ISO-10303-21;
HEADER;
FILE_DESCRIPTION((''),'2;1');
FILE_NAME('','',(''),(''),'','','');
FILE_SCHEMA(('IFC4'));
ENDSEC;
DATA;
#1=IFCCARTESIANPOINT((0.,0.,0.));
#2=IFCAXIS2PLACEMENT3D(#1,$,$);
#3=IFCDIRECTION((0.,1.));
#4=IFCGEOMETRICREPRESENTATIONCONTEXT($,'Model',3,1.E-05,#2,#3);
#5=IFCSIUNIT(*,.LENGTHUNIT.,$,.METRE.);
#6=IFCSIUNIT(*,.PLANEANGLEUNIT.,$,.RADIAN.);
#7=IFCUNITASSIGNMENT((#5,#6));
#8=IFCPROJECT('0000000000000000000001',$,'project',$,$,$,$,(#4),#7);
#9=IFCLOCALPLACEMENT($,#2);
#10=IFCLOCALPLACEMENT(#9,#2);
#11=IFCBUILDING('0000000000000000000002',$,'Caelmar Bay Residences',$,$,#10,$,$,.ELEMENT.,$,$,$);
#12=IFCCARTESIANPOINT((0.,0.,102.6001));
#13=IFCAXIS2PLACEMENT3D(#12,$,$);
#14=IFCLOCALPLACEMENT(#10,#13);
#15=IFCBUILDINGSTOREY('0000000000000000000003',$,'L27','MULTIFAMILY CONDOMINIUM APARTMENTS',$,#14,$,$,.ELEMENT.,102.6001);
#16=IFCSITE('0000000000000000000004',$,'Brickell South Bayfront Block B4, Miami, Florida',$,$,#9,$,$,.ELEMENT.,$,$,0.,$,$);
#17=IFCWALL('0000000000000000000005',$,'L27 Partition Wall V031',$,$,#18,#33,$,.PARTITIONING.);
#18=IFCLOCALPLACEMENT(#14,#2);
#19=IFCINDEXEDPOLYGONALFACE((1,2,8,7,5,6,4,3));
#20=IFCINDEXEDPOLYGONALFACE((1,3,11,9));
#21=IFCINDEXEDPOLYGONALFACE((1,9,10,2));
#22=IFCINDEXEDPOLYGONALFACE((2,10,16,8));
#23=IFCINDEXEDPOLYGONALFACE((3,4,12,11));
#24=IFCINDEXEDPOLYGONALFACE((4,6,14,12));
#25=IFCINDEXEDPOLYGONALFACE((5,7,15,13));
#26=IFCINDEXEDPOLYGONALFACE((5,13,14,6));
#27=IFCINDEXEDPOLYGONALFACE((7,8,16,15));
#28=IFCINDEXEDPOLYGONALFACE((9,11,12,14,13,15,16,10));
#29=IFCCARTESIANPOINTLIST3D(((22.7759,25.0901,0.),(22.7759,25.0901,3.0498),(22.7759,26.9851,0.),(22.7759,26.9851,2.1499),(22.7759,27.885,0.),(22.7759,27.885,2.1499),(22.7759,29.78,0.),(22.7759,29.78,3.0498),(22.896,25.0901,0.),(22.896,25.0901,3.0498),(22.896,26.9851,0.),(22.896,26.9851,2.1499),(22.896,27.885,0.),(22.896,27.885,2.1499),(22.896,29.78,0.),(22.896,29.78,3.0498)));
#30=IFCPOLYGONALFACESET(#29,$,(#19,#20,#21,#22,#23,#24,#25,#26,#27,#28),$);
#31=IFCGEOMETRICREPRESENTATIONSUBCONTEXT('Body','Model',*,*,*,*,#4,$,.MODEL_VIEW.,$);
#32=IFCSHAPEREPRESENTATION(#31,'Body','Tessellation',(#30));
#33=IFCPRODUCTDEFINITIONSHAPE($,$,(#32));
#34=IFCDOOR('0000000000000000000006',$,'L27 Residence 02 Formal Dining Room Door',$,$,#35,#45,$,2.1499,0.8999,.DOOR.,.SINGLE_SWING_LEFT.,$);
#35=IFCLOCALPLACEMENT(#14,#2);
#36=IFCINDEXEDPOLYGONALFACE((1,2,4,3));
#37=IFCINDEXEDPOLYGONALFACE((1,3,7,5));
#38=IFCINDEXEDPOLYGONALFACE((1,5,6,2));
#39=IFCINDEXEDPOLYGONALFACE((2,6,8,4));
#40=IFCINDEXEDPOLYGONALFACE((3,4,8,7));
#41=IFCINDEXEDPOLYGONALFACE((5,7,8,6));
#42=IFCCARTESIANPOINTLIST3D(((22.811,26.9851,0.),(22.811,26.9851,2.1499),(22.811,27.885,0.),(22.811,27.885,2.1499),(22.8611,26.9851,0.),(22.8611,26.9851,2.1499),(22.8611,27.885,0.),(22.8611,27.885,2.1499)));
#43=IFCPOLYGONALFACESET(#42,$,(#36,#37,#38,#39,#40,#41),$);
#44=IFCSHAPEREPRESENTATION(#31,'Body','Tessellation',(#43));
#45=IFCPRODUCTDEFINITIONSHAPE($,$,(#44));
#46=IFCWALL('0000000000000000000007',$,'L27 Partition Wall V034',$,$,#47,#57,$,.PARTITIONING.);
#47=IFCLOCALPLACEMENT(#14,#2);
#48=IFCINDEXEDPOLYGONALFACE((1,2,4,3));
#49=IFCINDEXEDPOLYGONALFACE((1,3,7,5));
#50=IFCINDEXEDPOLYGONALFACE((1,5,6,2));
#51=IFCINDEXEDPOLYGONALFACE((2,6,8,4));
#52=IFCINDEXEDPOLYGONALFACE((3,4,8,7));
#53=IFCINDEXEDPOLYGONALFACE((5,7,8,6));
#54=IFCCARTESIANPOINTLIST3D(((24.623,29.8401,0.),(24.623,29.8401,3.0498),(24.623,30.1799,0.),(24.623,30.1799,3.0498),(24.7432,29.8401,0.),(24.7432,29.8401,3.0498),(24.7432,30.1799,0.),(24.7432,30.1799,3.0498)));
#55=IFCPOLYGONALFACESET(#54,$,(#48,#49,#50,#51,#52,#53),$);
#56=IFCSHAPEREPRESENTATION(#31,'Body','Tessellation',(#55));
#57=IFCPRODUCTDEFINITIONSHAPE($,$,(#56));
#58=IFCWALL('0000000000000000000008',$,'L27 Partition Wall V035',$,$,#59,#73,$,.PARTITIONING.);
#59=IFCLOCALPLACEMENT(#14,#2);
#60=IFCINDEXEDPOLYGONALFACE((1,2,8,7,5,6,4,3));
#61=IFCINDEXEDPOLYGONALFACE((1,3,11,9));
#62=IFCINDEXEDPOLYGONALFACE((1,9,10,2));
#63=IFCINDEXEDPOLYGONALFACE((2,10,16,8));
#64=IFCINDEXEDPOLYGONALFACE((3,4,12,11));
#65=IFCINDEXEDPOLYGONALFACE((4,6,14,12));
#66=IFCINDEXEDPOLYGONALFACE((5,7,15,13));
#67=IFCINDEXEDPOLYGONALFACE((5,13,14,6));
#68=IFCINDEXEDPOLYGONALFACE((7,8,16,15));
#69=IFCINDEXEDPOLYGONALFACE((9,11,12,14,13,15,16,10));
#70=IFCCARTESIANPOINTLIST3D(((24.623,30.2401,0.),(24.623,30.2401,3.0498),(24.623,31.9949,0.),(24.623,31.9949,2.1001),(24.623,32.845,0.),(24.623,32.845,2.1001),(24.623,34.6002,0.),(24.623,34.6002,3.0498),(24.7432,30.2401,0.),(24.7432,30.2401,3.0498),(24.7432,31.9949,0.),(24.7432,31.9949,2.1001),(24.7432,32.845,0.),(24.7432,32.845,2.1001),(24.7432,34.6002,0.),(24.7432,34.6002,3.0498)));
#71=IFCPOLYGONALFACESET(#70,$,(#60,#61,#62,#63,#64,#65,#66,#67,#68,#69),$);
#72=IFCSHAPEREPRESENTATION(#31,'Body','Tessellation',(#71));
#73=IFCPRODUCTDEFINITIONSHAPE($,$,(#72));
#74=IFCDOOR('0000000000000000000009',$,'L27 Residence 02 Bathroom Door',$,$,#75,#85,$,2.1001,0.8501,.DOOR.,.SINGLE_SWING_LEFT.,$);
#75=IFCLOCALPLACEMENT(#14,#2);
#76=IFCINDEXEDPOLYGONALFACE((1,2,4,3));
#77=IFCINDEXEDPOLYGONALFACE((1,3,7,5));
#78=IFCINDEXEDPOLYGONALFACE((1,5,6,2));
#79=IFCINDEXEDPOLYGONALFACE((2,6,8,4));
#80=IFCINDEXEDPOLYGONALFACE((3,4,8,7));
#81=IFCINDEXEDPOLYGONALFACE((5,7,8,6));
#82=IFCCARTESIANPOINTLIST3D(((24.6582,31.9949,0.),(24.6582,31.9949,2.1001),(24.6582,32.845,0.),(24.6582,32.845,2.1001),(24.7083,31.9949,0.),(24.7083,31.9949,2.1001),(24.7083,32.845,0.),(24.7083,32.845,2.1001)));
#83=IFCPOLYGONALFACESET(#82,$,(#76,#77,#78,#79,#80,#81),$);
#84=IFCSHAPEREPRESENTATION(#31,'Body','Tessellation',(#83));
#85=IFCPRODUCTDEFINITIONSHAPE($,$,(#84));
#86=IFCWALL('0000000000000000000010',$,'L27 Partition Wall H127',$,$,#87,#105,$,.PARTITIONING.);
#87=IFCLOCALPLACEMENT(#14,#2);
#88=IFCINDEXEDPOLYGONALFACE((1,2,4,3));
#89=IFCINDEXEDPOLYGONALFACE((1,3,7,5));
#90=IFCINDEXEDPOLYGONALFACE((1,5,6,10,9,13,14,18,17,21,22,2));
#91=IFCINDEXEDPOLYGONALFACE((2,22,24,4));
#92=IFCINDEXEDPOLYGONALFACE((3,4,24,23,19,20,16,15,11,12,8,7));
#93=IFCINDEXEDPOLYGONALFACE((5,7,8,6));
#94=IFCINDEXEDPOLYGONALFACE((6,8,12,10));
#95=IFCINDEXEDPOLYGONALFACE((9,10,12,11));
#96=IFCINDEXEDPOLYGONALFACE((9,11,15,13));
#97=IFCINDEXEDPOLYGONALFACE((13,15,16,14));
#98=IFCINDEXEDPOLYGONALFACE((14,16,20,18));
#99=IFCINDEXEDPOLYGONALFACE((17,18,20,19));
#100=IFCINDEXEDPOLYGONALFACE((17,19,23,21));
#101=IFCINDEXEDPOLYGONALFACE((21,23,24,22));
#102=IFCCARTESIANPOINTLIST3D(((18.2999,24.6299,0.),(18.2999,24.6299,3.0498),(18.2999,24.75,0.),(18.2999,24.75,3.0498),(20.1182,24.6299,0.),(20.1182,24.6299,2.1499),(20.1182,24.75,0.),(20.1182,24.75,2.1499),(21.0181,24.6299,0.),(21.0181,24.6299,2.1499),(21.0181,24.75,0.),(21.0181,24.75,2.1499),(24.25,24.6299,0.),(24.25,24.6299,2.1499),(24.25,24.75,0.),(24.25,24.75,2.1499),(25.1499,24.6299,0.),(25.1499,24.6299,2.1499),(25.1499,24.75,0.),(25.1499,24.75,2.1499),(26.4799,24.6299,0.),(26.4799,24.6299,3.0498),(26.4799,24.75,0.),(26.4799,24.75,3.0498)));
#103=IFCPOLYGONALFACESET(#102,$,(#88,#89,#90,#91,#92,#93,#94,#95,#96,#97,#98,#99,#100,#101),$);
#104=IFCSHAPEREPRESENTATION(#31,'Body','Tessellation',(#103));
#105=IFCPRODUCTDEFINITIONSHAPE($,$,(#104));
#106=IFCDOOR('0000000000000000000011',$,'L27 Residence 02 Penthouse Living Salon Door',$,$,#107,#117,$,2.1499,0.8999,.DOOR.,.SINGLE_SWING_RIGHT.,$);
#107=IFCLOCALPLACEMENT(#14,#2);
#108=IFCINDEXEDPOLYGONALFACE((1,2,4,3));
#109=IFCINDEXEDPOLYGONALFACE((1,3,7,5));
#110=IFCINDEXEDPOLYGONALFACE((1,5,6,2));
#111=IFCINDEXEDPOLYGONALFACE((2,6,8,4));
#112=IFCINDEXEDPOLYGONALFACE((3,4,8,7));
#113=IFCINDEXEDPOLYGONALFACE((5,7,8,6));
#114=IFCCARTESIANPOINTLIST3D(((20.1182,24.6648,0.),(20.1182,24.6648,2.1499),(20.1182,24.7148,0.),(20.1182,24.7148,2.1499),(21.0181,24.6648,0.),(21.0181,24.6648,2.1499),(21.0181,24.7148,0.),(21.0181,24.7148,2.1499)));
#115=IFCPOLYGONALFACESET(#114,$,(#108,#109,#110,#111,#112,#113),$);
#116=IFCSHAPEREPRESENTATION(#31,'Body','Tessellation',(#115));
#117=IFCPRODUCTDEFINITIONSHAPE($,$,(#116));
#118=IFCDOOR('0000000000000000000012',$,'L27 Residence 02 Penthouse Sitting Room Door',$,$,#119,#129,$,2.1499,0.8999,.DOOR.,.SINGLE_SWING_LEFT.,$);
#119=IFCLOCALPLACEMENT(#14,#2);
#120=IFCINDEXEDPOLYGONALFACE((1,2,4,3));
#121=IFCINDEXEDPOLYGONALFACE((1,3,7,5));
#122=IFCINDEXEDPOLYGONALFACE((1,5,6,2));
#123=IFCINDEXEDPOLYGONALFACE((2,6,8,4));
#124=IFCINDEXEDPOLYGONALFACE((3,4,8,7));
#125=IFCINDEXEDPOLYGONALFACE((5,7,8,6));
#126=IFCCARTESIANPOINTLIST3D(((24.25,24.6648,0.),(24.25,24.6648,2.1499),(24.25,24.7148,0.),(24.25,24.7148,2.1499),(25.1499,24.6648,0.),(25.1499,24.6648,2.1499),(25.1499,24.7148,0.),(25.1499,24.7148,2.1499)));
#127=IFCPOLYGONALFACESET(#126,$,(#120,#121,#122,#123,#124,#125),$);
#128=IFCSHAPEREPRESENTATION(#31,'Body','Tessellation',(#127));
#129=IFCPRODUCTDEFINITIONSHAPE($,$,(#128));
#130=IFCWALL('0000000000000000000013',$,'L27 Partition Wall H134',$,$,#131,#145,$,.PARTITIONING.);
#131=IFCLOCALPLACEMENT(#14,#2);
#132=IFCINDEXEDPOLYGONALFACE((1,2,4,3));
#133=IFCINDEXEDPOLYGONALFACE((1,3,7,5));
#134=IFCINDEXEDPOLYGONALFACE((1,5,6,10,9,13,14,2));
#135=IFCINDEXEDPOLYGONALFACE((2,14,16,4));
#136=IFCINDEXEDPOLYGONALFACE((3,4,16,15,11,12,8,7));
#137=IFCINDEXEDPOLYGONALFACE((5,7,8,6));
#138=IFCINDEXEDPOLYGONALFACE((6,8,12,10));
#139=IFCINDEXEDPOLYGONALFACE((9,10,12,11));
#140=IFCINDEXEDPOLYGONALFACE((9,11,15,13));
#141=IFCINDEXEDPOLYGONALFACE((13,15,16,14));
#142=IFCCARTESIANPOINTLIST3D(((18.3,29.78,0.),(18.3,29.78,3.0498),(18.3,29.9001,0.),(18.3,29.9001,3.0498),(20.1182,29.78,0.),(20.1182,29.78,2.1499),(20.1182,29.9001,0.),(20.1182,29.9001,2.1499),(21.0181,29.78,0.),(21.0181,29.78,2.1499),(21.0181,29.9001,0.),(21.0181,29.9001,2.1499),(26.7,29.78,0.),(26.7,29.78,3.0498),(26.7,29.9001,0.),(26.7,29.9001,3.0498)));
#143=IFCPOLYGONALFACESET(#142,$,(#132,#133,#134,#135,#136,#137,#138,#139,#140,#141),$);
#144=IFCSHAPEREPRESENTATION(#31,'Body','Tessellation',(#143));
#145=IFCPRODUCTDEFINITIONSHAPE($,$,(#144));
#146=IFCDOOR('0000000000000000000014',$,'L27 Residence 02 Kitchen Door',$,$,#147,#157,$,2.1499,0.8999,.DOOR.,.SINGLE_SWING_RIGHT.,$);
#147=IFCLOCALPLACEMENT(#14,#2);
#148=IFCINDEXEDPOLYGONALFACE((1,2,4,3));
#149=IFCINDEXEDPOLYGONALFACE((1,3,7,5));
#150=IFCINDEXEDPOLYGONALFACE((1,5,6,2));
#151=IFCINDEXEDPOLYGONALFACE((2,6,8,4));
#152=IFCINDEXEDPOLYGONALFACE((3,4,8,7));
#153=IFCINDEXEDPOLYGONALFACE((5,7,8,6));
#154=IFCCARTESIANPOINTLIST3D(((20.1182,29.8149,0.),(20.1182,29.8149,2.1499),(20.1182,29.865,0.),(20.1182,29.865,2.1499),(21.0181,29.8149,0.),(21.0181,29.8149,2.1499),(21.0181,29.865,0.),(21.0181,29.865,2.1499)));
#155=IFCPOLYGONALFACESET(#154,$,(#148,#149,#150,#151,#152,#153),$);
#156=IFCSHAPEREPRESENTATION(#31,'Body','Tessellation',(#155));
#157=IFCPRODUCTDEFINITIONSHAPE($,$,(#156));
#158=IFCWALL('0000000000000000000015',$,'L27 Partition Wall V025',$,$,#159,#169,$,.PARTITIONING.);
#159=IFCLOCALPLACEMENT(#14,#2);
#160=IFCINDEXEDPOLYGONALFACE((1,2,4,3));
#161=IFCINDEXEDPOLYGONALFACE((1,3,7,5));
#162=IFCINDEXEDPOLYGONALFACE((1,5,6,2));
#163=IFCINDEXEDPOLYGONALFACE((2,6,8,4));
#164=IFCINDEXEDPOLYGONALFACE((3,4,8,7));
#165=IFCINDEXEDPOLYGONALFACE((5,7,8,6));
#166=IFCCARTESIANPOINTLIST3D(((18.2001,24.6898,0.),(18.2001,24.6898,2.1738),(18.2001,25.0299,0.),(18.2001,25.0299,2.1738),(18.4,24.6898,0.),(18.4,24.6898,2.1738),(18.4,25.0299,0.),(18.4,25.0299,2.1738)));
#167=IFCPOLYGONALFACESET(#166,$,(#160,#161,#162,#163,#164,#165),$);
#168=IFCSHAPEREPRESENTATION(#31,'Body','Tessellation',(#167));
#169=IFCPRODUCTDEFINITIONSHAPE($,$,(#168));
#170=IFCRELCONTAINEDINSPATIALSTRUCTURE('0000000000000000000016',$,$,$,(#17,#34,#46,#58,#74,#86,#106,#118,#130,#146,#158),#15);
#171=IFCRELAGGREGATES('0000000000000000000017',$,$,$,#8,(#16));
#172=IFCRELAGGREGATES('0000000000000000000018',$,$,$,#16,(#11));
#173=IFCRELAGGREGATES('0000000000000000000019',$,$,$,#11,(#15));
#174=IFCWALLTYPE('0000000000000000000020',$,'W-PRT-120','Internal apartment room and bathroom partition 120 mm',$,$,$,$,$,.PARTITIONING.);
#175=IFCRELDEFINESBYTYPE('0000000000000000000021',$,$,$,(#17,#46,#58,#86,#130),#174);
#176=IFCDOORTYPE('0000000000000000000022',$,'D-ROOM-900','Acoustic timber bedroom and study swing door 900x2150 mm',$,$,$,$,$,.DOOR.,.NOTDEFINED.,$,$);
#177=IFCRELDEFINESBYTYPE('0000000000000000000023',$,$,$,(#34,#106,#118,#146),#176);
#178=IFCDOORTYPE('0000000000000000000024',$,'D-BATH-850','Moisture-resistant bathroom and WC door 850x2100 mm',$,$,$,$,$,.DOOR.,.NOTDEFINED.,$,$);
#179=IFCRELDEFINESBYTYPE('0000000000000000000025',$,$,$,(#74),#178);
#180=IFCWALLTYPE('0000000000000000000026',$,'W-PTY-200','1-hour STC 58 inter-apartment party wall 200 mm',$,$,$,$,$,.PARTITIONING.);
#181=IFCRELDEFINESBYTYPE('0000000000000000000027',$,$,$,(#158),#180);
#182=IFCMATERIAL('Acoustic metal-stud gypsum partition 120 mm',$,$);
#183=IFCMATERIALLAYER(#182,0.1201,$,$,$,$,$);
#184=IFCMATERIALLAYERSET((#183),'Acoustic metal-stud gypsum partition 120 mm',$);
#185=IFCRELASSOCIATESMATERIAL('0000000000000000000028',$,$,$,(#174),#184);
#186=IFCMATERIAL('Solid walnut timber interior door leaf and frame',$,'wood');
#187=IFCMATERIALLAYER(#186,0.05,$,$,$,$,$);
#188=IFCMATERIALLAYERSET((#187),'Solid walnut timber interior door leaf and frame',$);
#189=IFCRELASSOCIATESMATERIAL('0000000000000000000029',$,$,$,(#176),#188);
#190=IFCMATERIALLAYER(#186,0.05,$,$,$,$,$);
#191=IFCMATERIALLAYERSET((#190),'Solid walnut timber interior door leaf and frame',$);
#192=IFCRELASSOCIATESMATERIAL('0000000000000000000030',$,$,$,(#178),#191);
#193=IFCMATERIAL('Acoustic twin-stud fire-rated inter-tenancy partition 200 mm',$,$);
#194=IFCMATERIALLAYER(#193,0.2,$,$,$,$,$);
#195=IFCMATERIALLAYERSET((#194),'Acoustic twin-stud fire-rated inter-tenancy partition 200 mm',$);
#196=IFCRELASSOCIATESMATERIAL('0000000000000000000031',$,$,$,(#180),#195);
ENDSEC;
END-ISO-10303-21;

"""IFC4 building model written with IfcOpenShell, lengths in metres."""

from ifc_helpers import new_model, si_unit, direction, frame, frame_2d, origin, place, context, subcontext, project, spatial, rectangle, extrude, material, layer, layer_set, type_object, element, fill, save


model = new_model("IFC4")

# Units and contexts
model_context = context("Model", 3, precision=1e-05, world=origin(), true_north=direction((0.0, 1.0)))
body_context = subcontext(model_context, "Body", "Model", "MODEL_VIEW")
ifc_project = project(units=[si_unit("LENGTHUNIT", "METRE"), si_unit("PLANEANGLEUNIT", "RADIAN")], contexts=[model_context])

# Site, building, storey
site_placement = place(None, origin())
site = spatial("IfcSite", under=ifc_project, at=site_placement, Name="Brickell South Bayfront Block B4, Miami, Florida", CompositionType="ELEMENT", RefElevation=0.0)
building_placement = place(site_placement, origin())
building = spatial("IfcBuilding", under=site, at=building_placement, Name="Caelmar Bay Residences", CompositionType="ELEMENT")
storey_placement = place(building_placement, frame((0.0, 0.0, 102.6001)))
storey = spatial("IfcBuildingStorey", under=building, at=storey_placement, Name="L27", Description="MULTIFAMILY CONDOMINIUM APARTMENTS", CompositionType="ELEMENT", Elevation=102.6001)

# Shared definitions
ifc_material_1 = material(Name="Acoustic metal-stud gypsum partition 120 mm")
ifc_layer_1 = layer(ifc_material_1, 0.1201)
ifc_layer_set_1 = layer_set([ifc_layer_1], Name="Acoustic metal-stud gypsum partition 120 mm")
wall_type_1 = type_object("IfcWallType", Name="W-PRT-120", Description="Internal apartment room and bathroom partition 120 mm", PredefinedType="PARTITIONING", material=ifc_layer_set_1)

# Wall, opening, door
wall_1_placement = place(storey_placement, frame((22.8359, 25.0901, 0.0), z_axis=(0.0, 0.0, 1.0), x_axis=(0.0, 1.0, 0.0)))
wall_1 = element("IfcWall", 1, at=wall_1_placement, inside=storey, type_object=wall_type_1, Name="L27 Partition Wall V031", PredefinedType="PARTITIONING", context=body_context, shape_type="SweptSolid", body=[
    extrude(rectangle(XDim=4.6899, YDim=0.1201, at=frame_2d((2.345, 0.0))), origin(), (0.0, 0.0, 1.0), 3.0498),
])
opening_1_placement = place(wall_1_placement, frame((1.895, 0.0, 0.0)))
opening_1 = element("IfcOpeningElement", 2, at=opening_1_placement, cuts=wall_1, PredefinedType="OPENING", context=body_context, shape_type="SweptSolid", body=[
    extrude(rectangle(XDim=0.8999, YDim=2.1499, at=frame_2d((0.45, 1.075))), frame((0.0, 0.0701, 0.0), z_axis=(0.0, -1.0, 0.0), x_axis=(1.0, 0.0, 0.0)), (0.0, 0.0, 1.0), 0.1401),
])
ifc_material_2 = material(Name="Solid walnut timber interior door leaf and frame", Category="wood")
ifc_layer_2 = layer(ifc_material_2, 0.05)
ifc_layer_set_2 = layer_set([ifc_layer_2], Name="Solid walnut timber interior door leaf and frame")
door_type_1 = type_object("IfcDoorType", Name="D-ROOM-900", Description="Acoustic timber bedroom and study swing door 900x2150 mm", OperationType="NOTDEFINED", PredefinedType="DOOR", material=ifc_layer_set_2)
door_1_placement = place(opening_1_placement, origin())
door_1 = element("IfcDoor", 3, at=door_1_placement, inside=storey, type_object=door_type_1, Name="L27 Residence 02 Formal Dining Room Door", OperationType="SINGLE_SWING_LEFT", OverallHeight=2.1499, OverallWidth=0.8999, PredefinedType="DOOR", context=body_context, shape_type="SweptSolid", body=[
    extrude(rectangle(XDim=0.8999, YDim=2.1499, at=frame_2d((0.45, 1.075))), frame((0.0, 0.0249, 0.0), z_axis=(0.0, -1.0, 0.0), x_axis=(1.0, 0.0, 0.0)), (0.0, 0.0, 1.0), 0.05),
])
fill(opening_1, door_1)

# Wall
wall_2_placement = place(storey_placement, frame((24.6831, 29.8401, 0.0), z_axis=(0.0, 0.0, 1.0), x_axis=(0.0, 1.0, 0.0)))
element("IfcWall", 4, at=wall_2_placement, inside=storey, type_object=wall_type_1, Name="L27 Partition Wall V034", PredefinedType="PARTITIONING", context=body_context, shape_type="SweptSolid", body=[
    extrude(rectangle(XDim=0.3398, YDim=0.1201, at=frame_2d((0.1699, 0.0))), origin(), (0.0, 0.0, 1.0), 3.0498),
])

# Wall, opening, door
wall_3_placement = place(storey_placement, frame((24.6831, 30.24, 0.0), z_axis=(0.0, 0.0, 1.0), x_axis=(0.0, 1.0, 0.0)))
wall_3 = element("IfcWall", 5, at=wall_3_placement, inside=storey, type_object=wall_type_1, Name="L27 Partition Wall V035", PredefinedType="PARTITIONING", context=body_context, shape_type="SweptSolid", body=[
    extrude(rectangle(XDim=4.3601, YDim=0.1201, at=frame_2d((2.1802, 0.0))), origin(), (0.0, 0.0, 1.0), 3.0498),
])
opening_2_placement = place(wall_3_placement, frame((1.7549, 0.0, 0.0)))
opening_2 = element("IfcOpeningElement", 6, at=opening_2_placement, cuts=wall_3, PredefinedType="OPENING", context=body_context, shape_type="SweptSolid", body=[
    extrude(rectangle(XDim=0.8501, YDim=2.1001, at=frame_2d((0.425, 1.05))), frame((0.0, 0.0701, 0.0), z_axis=(0.0, -1.0, 0.0), x_axis=(1.0, 0.0, 0.0)), (0.0, 0.0, 1.0), 0.1401),
])
ifc_layer_3 = layer(ifc_material_2, 0.05)
ifc_layer_set_3 = layer_set([ifc_layer_3], Name="Solid walnut timber interior door leaf and frame")
door_type_2 = type_object("IfcDoorType", Name="D-BATH-850", Description="Moisture-resistant bathroom and WC door 850x2100 mm", OperationType="NOTDEFINED", PredefinedType="DOOR", material=ifc_layer_set_3)
door_2_placement = place(opening_2_placement, origin())
door_2 = element("IfcDoor", 7, at=door_2_placement, inside=storey, type_object=door_type_2, Name="L27 Residence 02 Bathroom Door", OperationType="SINGLE_SWING_LEFT", OverallHeight=2.1001, OverallWidth=0.8501, PredefinedType="DOOR", context=body_context, shape_type="SweptSolid", body=[
    extrude(rectangle(XDim=0.8501, YDim=2.1001, at=frame_2d((0.425, 1.05))), frame((0.0, 0.0249, 0.0), z_axis=(0.0, -1.0, 0.0), x_axis=(1.0, 0.0, 0.0)), (0.0, 0.0, 1.0), 0.05),
])
fill(opening_2, door_2)

# Wall, openings, doors
wall_4_placement = place(storey_placement, frame((18.3, 24.6899, 0.0), z_axis=(0.0, 0.0, 1.0), x_axis=(1.0, 0.0, 0.0)))
wall_4 = element("IfcWall", 8, at=wall_4_placement, inside=storey, type_object=wall_type_1, Name="L27 Partition Wall H127", PredefinedType="PARTITIONING", context=body_context, shape_type="SweptSolid", body=[
    extrude(rectangle(XDim=8.1799, YDim=0.1201, at=frame_2d((4.0898, 0.0))), origin(), (0.0, 0.0, 1.0), 3.0498),
])
opening_3_placement = place(wall_4_placement, frame((1.8181, 0.0, 0.0)))
opening_3 = element("IfcOpeningElement", 9, at=opening_3_placement, cuts=wall_4, PredefinedType="OPENING", context=body_context, shape_type="SweptSolid", body=[
    extrude(rectangle(XDim=0.8999, YDim=2.1499, at=frame_2d((0.45, 1.075))), frame((0.0, 0.0701, 0.0), z_axis=(0.0, -1.0, 0.0), x_axis=(1.0, 0.0, 0.0)), (0.0, 0.0, 1.0), 0.1401),
])
opening_4_placement = place(wall_4_placement, frame((5.95, 0.0, 0.0)))
opening_4 = element("IfcOpeningElement", 10, at=opening_4_placement, cuts=wall_4, PredefinedType="OPENING", context=body_context, shape_type="SweptSolid", body=[
    extrude(rectangle(XDim=0.8999, YDim=2.1499, at=frame_2d((0.45, 1.075))), frame((0.0, 0.0701, 0.0), z_axis=(0.0, -1.0, 0.0), x_axis=(1.0, 0.0, 0.0)), (0.0, 0.0, 1.0), 0.1401),
])
door_3_placement = place(opening_3_placement, origin())
door_3 = element("IfcDoor", 11, at=door_3_placement, inside=storey, type_object=door_type_1, Name="L27 Residence 02 Penthouse Living Salon Door", OperationType="SINGLE_SWING_RIGHT", OverallHeight=2.1499, OverallWidth=0.8999, PredefinedType="DOOR", context=body_context, shape_type="SweptSolid", body=[
    extrude(rectangle(XDim=0.8999, YDim=2.1499, at=frame_2d((0.45, 1.075))), frame((0.0, 0.0249, 0.0), z_axis=(0.0, -1.0, 0.0), x_axis=(1.0, 0.0, 0.0)), (0.0, 0.0, 1.0), 0.05),
])
fill(opening_3, door_3)
door_4_placement = place(opening_4_placement, origin())
door_4 = element("IfcDoor", 12, at=door_4_placement, inside=storey, type_object=door_type_1, Name="L27 Residence 02 Penthouse Sitting Room Door", OperationType="SINGLE_SWING_LEFT", OverallHeight=2.1499, OverallWidth=0.8999, PredefinedType="DOOR", context=body_context, shape_type="SweptSolid", body=[
    extrude(rectangle(XDim=0.8999, YDim=2.1499, at=frame_2d((0.45, 1.075))), frame((0.0, 0.0249, 0.0), z_axis=(0.0, -1.0, 0.0), x_axis=(1.0, 0.0, 0.0)), (0.0, 0.0, 1.0), 0.05),
])
fill(opening_4, door_4)

# Wall, opening, door
wall_5_placement = place(storey_placement, frame((18.3, 29.8401, 0.0), z_axis=(0.0, 0.0, 1.0), x_axis=(1.0, 0.0, 0.0)))
wall_5 = element("IfcWall", 13, at=wall_5_placement, inside=storey, type_object=wall_type_1, Name="L27 Partition Wall H134", PredefinedType="PARTITIONING", context=body_context, shape_type="SweptSolid", body=[
    extrude(rectangle(XDim=8.3999, YDim=0.1201, at=frame_2d((4.2, 0.0))), origin(), (0.0, 0.0, 1.0), 3.0498),
])
opening_5_placement = place(wall_5_placement, frame((1.8181, 0.0, 0.0)))
opening_5 = element("IfcOpeningElement", 14, at=opening_5_placement, cuts=wall_5, PredefinedType="OPENING", context=body_context, shape_type="SweptSolid", body=[
    extrude(rectangle(XDim=0.8999, YDim=2.1499, at=frame_2d((0.45, 1.075))), frame((0.0, 0.0701, 0.0), z_axis=(0.0, -1.0, 0.0), x_axis=(1.0, 0.0, 0.0)), (0.0, 0.0, 1.0), 0.1401),
])
door_5_placement = place(opening_5_placement, origin())
door_5 = element("IfcDoor", 15, at=door_5_placement, inside=storey, type_object=door_type_1, Name="L27 Residence 02 Kitchen Door", OperationType="SINGLE_SWING_RIGHT", OverallHeight=2.1499, OverallWidth=0.8999, PredefinedType="DOOR", context=body_context, shape_type="SweptSolid", body=[
    extrude(rectangle(XDim=0.8999, YDim=2.1499, at=frame_2d((0.45, 1.075))), frame((0.0, 0.0249, 0.0), z_axis=(0.0, -1.0, 0.0), x_axis=(1.0, 0.0, 0.0)), (0.0, 0.0, 1.0), 0.05),
])
fill(opening_5, door_5)

# Wall
ifc_material_3 = material(Name="Acoustic twin-stud fire-rated inter-tenancy partition 200 mm")
ifc_layer_4 = layer(ifc_material_3, 0.2)
ifc_layer_set_4 = layer_set([ifc_layer_4], Name="Acoustic twin-stud fire-rated inter-tenancy partition 200 mm")
wall_type_2 = type_object("IfcWallType", Name="W-PTY-200", Description="1-hour STC 58 inter-apartment party wall 200 mm", PredefinedType="PARTITIONING", material=ifc_layer_set_4)
wall_6_placement = place(storey_placement, frame((18.3, 24.6899, 0.0), z_axis=(0.0, 0.0, 1.0), x_axis=(0.0, 1.0, 0.0)))
element("IfcWall", 16, at=wall_6_placement, inside=storey, type_object=wall_type_2, Name="L27 Partition Wall V025", PredefinedType="PARTITIONING", context=body_context, shape_type="SweptSolid", body=[
    extrude(rectangle(XDim=0.3401, YDim=0.2, at=frame_2d((0.1699, 0.0))), origin(), (0.0, 0.0, 1.0), 2.1738),
])

save(model, "model.ifc")
